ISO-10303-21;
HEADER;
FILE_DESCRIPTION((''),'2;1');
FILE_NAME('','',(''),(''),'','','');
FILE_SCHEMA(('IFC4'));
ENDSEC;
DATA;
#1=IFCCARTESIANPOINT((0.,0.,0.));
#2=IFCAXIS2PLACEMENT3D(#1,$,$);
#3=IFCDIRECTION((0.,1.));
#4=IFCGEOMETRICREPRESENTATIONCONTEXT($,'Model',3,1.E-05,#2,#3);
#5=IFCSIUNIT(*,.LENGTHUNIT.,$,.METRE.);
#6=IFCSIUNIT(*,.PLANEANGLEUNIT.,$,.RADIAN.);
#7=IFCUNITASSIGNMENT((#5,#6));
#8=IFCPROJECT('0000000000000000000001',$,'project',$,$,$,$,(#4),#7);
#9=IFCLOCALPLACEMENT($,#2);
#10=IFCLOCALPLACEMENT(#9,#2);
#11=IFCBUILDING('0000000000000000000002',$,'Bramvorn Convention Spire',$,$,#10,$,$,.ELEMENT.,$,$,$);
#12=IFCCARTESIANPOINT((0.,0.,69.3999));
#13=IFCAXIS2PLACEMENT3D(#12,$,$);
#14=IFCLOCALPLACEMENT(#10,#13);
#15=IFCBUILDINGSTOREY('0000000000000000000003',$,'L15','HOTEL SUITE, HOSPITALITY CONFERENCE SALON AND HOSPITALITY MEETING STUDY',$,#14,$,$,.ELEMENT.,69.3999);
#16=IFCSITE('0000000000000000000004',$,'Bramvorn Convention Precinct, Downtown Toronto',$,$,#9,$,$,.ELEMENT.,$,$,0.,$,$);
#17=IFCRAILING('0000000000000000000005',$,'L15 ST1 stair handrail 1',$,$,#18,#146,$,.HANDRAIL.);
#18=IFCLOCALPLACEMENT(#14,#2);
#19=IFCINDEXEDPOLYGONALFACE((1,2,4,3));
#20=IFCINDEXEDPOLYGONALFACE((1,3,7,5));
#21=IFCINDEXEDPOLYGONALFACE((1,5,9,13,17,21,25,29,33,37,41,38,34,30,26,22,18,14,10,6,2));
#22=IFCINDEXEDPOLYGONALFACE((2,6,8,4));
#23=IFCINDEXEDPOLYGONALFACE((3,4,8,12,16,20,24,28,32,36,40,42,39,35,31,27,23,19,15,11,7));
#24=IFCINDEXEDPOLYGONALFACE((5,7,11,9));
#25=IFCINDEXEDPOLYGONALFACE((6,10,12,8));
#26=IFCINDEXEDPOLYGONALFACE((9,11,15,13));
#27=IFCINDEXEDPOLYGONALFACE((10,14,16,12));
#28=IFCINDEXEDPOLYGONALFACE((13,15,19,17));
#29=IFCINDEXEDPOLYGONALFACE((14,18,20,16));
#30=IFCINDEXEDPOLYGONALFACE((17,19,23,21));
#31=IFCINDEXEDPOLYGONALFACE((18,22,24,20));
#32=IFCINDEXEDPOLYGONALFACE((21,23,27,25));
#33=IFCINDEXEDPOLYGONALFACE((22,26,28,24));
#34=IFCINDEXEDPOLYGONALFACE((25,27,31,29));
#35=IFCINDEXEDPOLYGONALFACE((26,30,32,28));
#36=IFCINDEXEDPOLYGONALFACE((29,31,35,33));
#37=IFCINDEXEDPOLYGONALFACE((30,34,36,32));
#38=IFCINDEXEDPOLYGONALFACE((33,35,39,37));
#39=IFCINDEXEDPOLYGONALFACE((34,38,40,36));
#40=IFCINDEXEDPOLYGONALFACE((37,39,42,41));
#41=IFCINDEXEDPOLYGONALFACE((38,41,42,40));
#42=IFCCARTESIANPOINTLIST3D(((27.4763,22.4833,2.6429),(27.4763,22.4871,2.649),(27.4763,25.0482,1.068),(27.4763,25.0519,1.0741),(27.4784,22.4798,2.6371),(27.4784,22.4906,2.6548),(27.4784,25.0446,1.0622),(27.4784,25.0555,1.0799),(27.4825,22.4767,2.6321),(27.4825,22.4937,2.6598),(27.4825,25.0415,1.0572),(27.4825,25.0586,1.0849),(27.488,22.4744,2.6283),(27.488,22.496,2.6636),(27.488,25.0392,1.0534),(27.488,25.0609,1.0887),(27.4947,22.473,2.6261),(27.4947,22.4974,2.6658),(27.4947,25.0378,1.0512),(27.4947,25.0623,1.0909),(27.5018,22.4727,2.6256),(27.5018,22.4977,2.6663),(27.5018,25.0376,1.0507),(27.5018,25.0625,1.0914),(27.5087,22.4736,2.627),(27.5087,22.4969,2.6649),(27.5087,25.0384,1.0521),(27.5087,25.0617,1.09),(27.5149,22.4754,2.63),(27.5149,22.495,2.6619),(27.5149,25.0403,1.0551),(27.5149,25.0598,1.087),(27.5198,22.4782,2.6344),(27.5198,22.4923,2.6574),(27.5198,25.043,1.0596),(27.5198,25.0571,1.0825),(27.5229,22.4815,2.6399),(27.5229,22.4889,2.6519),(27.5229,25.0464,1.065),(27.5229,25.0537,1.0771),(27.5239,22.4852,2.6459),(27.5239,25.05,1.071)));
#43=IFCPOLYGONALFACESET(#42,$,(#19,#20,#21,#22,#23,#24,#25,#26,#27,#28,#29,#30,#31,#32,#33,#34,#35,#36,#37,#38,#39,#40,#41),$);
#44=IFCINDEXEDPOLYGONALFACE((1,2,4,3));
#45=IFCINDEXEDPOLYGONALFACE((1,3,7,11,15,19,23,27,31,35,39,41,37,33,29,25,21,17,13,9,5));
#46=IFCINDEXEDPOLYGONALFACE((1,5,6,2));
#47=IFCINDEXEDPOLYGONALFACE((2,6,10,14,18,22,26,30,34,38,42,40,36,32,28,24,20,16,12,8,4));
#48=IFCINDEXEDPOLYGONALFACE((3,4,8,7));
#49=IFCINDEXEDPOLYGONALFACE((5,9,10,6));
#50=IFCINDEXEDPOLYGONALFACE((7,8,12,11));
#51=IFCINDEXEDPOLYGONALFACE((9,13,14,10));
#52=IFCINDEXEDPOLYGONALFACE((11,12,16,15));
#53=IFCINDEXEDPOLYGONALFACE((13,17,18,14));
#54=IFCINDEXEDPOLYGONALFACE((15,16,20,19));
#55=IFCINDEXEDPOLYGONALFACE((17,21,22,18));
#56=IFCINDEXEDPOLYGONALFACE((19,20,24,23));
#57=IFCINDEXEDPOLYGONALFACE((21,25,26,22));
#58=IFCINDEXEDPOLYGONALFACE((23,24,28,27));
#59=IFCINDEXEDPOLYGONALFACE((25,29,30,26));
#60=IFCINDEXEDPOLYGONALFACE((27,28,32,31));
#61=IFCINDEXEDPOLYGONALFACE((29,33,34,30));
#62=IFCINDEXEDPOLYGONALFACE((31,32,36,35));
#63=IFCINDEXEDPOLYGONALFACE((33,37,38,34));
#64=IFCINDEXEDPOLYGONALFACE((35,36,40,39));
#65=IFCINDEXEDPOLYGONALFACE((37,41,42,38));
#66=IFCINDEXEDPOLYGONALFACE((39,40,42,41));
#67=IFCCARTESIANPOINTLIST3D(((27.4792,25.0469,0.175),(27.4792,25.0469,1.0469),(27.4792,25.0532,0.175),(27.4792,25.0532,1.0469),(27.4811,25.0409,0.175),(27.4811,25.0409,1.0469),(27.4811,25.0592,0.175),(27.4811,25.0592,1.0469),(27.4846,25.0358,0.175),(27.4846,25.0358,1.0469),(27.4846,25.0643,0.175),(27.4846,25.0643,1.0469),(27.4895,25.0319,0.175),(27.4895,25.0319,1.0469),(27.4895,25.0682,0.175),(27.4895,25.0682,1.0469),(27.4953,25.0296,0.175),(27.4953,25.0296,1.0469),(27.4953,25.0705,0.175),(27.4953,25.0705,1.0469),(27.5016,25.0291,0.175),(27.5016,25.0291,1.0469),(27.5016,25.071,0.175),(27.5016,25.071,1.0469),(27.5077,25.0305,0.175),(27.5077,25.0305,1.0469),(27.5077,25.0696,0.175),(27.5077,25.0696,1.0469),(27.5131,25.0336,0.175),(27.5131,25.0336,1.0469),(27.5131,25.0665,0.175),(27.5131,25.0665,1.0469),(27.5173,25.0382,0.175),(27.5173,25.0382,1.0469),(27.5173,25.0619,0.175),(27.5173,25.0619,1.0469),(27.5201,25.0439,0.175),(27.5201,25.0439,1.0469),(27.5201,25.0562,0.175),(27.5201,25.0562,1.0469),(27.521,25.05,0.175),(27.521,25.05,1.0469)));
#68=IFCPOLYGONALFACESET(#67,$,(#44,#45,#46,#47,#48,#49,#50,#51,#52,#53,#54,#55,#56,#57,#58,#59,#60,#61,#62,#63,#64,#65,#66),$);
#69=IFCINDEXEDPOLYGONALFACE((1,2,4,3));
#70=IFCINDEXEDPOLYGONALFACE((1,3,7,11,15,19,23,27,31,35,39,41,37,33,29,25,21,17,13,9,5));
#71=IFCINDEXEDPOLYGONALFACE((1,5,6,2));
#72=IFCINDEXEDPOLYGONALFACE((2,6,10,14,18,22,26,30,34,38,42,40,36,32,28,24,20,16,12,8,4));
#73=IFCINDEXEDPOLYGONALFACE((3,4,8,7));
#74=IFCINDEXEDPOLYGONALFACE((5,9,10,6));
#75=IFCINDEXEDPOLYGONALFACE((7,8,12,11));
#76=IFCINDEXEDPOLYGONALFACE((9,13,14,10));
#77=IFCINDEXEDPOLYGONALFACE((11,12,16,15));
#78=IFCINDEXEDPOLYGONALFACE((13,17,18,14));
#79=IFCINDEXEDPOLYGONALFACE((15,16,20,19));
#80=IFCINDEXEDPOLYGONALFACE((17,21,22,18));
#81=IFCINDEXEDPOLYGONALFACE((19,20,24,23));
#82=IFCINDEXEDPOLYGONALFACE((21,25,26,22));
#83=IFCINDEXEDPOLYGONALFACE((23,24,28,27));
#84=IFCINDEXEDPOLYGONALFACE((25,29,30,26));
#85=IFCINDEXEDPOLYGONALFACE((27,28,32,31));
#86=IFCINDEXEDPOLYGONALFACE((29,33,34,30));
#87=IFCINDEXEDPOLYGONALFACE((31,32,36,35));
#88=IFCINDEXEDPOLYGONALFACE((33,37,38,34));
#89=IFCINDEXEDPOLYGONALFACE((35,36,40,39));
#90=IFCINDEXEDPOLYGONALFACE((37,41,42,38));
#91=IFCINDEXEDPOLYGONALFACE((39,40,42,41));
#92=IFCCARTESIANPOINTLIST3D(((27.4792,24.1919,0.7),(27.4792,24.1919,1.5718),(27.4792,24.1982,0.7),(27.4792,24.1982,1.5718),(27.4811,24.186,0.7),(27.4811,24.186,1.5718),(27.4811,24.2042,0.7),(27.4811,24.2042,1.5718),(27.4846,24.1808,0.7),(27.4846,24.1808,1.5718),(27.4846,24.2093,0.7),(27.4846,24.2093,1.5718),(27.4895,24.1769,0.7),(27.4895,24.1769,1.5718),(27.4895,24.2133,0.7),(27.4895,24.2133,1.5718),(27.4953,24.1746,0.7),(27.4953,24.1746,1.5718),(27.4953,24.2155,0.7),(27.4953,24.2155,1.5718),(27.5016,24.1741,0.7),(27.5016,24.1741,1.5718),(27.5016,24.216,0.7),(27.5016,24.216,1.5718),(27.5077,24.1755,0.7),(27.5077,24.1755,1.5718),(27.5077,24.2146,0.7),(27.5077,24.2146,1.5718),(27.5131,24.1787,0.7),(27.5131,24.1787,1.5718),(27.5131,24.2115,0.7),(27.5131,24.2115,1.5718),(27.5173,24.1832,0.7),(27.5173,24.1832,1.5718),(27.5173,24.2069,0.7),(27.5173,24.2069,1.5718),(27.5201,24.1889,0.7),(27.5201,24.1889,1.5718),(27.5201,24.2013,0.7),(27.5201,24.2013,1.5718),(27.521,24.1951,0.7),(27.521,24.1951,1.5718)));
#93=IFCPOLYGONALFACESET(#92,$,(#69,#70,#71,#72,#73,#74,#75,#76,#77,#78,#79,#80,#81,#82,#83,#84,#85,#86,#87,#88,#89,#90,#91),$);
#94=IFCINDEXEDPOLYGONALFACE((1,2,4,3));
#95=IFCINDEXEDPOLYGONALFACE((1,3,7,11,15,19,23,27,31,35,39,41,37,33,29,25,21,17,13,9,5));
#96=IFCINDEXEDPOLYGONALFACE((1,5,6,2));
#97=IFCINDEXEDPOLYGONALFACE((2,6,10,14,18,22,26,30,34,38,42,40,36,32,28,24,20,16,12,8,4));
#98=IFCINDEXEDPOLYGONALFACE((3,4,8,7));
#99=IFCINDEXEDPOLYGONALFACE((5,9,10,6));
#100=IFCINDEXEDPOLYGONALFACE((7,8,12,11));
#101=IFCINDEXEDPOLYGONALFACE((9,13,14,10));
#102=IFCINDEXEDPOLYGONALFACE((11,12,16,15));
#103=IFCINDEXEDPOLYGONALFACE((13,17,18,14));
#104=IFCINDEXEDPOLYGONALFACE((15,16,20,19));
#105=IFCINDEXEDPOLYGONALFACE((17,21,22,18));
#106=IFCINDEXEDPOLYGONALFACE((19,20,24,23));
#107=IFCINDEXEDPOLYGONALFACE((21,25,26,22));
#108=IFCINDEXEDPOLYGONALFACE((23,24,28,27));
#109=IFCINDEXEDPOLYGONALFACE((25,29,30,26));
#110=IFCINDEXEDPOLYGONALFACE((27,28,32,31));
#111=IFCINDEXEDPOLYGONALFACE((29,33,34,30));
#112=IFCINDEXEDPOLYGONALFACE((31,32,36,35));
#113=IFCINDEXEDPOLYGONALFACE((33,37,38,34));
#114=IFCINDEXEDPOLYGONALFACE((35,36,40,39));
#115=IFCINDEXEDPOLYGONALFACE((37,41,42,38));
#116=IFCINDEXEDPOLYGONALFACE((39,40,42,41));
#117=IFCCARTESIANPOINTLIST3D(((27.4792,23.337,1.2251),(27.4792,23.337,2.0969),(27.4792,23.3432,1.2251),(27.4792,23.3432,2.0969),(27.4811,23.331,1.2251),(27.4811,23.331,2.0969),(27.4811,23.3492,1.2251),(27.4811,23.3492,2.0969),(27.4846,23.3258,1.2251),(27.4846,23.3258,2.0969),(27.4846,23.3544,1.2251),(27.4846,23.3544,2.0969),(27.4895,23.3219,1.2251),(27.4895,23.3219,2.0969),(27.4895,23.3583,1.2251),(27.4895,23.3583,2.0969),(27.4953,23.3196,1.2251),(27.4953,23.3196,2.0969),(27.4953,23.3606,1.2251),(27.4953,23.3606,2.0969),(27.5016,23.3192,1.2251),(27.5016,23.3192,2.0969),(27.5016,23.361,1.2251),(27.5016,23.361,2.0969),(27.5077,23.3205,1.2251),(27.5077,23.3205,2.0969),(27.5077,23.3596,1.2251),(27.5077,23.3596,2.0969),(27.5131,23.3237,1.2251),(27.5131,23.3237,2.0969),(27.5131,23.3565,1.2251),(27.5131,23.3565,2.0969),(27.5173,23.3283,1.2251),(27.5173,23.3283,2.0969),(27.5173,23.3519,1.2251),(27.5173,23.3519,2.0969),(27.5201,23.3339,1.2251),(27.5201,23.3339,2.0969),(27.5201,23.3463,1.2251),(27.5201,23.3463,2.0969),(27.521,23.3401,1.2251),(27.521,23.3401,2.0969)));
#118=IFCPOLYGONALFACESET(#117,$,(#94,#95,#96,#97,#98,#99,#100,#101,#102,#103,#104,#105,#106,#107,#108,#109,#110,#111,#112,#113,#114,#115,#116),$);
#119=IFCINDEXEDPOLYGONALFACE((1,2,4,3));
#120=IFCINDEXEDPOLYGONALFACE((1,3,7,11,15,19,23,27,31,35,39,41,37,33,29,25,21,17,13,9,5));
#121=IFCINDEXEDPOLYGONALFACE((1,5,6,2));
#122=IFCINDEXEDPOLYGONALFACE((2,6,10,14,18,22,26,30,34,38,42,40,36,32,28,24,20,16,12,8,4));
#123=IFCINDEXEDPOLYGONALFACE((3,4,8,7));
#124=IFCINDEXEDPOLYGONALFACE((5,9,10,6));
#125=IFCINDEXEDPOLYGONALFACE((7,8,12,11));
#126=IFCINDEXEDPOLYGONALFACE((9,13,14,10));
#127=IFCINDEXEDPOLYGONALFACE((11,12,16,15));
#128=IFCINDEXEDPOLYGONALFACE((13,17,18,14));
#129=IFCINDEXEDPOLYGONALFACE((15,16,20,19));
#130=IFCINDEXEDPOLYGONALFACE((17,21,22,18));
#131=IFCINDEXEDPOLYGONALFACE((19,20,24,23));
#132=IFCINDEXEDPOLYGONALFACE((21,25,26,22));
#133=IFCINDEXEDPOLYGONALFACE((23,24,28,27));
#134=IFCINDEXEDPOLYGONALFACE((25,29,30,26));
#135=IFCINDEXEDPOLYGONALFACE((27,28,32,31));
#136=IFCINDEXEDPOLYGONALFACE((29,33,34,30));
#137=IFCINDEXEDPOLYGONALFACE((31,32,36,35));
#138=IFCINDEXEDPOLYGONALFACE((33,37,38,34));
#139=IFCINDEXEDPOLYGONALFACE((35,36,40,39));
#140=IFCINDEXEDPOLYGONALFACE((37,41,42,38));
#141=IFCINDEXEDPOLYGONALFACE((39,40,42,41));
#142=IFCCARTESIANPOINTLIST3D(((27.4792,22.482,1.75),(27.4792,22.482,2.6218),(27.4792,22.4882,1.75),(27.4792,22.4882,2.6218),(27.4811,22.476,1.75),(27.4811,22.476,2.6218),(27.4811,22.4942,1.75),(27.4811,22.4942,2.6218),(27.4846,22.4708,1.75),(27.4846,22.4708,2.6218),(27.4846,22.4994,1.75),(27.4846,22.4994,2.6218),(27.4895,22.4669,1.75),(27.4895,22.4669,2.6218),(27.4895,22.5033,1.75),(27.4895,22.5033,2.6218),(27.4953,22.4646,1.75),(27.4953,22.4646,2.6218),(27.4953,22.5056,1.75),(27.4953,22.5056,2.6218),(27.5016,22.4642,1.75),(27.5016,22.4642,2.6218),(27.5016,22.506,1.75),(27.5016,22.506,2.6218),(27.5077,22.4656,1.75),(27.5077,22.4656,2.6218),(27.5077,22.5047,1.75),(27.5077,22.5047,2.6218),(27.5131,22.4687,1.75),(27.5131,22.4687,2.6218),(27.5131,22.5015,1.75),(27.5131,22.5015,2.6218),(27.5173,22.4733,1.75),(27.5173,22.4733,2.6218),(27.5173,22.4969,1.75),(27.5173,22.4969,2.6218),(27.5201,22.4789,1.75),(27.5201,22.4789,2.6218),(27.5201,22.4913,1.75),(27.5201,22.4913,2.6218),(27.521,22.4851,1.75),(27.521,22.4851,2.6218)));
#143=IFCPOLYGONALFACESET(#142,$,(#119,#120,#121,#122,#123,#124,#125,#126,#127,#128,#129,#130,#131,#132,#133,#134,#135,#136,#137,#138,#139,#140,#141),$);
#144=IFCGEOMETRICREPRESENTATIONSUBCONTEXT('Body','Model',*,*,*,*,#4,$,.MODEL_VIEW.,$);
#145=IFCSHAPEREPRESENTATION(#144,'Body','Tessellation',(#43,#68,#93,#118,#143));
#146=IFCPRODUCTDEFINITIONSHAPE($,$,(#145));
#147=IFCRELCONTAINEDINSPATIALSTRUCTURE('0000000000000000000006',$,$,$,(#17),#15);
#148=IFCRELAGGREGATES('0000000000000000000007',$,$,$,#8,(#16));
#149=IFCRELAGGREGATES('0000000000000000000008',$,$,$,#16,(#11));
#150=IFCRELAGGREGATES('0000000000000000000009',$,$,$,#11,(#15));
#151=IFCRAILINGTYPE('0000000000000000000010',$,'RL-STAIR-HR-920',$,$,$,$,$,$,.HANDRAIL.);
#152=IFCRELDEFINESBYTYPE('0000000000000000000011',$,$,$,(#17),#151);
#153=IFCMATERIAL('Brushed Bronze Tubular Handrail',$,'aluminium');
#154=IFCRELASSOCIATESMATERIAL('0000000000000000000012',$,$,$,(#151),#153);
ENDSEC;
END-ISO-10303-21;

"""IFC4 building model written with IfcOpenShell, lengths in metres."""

from ifc_helpers import new_model, si_unit, direction, frame, origin, origin_2d, place, context, subcontext, project, spatial, circle, extrude, material, type_object, element, save


model = new_model("IFC4")

# Units and contexts
model_context = context("Model", 3, precision=1e-05, world=origin(), true_north=direction((0.0, 1.0)))
body_context = subcontext(model_context, "Body", "Model", "MODEL_VIEW")
ifc_project = project(units=[si_unit("LENGTHUNIT", "METRE"), si_unit("PLANEANGLEUNIT", "RADIAN")], contexts=[model_context])

# Site, building, storey
site_placement = place(None, origin())
site = spatial("IfcSite", under=ifc_project, at=site_placement, Name="Bramvorn Convention Precinct, Downtown Toronto", CompositionType="ELEMENT", RefElevation=0.0)
building_placement = place(site_placement, origin())
building = spatial("IfcBuilding", under=site, at=building_placement, Name="Bramvorn Convention Spire", CompositionType="ELEMENT")
storey_placement = place(building_placement, frame((0.0, 0.0, 69.3999)))
storey = spatial("IfcBuildingStorey", under=building, at=storey_placement, Name="L15", Description="HOTEL SUITE, HOSPITALITY CONFERENCE SALON AND HOSPITALITY MEETING STUDY", CompositionType="ELEMENT", Elevation=69.3999)

# Railing
ifc_material_1 = material(Name="Brushed Bronze Tubular Handrail", Category="aluminium")
railing_type_1 = type_object("IfcRailingType", Name="RL-STAIR-HR-920", PredefinedType="HANDRAIL", material=ifc_material_1)
railing_1_placement = place(storey_placement, frame((27.5, 25.05, 0.175)))
element("IfcRailing", 1, at=railing_1_placement, inside=storey, type_object=railing_type_1, Name="L15 ST1 stair handrail 1", PredefinedType="HANDRAIL", context=body_context, shape_type="SweptSolid", body=[
    extrude(circle(Radius=0.0239, at=origin_2d()), frame((0.0, 0.0, 0.896), z_axis=(0.0, -0.852173, 0.52326), x_axis=(1.0, 0.0, 0.0)), (0.0, 0.0, 1.0), 3.0098),
    extrude(circle(Radius=0.021, at=origin_2d()), origin(), (0.0, 0.0, 1.0), 0.8718),
    extrude(circle(Radius=0.021, at=origin_2d()), frame((0.0, -0.855, 0.5249)), (0.0, 0.0, 1.0), 0.8718),
    extrude(circle(Radius=0.021, at=origin_2d()), frame((0.0, -1.71, 1.05)), (0.0, 0.0, 1.0), 0.8718),
    extrude(circle(Radius=0.021, at=origin_2d()), frame((0.0, -2.5649, 1.575)), (0.0, 0.0, 1.0), 0.8718),
])

save(model, "model.ifc")
